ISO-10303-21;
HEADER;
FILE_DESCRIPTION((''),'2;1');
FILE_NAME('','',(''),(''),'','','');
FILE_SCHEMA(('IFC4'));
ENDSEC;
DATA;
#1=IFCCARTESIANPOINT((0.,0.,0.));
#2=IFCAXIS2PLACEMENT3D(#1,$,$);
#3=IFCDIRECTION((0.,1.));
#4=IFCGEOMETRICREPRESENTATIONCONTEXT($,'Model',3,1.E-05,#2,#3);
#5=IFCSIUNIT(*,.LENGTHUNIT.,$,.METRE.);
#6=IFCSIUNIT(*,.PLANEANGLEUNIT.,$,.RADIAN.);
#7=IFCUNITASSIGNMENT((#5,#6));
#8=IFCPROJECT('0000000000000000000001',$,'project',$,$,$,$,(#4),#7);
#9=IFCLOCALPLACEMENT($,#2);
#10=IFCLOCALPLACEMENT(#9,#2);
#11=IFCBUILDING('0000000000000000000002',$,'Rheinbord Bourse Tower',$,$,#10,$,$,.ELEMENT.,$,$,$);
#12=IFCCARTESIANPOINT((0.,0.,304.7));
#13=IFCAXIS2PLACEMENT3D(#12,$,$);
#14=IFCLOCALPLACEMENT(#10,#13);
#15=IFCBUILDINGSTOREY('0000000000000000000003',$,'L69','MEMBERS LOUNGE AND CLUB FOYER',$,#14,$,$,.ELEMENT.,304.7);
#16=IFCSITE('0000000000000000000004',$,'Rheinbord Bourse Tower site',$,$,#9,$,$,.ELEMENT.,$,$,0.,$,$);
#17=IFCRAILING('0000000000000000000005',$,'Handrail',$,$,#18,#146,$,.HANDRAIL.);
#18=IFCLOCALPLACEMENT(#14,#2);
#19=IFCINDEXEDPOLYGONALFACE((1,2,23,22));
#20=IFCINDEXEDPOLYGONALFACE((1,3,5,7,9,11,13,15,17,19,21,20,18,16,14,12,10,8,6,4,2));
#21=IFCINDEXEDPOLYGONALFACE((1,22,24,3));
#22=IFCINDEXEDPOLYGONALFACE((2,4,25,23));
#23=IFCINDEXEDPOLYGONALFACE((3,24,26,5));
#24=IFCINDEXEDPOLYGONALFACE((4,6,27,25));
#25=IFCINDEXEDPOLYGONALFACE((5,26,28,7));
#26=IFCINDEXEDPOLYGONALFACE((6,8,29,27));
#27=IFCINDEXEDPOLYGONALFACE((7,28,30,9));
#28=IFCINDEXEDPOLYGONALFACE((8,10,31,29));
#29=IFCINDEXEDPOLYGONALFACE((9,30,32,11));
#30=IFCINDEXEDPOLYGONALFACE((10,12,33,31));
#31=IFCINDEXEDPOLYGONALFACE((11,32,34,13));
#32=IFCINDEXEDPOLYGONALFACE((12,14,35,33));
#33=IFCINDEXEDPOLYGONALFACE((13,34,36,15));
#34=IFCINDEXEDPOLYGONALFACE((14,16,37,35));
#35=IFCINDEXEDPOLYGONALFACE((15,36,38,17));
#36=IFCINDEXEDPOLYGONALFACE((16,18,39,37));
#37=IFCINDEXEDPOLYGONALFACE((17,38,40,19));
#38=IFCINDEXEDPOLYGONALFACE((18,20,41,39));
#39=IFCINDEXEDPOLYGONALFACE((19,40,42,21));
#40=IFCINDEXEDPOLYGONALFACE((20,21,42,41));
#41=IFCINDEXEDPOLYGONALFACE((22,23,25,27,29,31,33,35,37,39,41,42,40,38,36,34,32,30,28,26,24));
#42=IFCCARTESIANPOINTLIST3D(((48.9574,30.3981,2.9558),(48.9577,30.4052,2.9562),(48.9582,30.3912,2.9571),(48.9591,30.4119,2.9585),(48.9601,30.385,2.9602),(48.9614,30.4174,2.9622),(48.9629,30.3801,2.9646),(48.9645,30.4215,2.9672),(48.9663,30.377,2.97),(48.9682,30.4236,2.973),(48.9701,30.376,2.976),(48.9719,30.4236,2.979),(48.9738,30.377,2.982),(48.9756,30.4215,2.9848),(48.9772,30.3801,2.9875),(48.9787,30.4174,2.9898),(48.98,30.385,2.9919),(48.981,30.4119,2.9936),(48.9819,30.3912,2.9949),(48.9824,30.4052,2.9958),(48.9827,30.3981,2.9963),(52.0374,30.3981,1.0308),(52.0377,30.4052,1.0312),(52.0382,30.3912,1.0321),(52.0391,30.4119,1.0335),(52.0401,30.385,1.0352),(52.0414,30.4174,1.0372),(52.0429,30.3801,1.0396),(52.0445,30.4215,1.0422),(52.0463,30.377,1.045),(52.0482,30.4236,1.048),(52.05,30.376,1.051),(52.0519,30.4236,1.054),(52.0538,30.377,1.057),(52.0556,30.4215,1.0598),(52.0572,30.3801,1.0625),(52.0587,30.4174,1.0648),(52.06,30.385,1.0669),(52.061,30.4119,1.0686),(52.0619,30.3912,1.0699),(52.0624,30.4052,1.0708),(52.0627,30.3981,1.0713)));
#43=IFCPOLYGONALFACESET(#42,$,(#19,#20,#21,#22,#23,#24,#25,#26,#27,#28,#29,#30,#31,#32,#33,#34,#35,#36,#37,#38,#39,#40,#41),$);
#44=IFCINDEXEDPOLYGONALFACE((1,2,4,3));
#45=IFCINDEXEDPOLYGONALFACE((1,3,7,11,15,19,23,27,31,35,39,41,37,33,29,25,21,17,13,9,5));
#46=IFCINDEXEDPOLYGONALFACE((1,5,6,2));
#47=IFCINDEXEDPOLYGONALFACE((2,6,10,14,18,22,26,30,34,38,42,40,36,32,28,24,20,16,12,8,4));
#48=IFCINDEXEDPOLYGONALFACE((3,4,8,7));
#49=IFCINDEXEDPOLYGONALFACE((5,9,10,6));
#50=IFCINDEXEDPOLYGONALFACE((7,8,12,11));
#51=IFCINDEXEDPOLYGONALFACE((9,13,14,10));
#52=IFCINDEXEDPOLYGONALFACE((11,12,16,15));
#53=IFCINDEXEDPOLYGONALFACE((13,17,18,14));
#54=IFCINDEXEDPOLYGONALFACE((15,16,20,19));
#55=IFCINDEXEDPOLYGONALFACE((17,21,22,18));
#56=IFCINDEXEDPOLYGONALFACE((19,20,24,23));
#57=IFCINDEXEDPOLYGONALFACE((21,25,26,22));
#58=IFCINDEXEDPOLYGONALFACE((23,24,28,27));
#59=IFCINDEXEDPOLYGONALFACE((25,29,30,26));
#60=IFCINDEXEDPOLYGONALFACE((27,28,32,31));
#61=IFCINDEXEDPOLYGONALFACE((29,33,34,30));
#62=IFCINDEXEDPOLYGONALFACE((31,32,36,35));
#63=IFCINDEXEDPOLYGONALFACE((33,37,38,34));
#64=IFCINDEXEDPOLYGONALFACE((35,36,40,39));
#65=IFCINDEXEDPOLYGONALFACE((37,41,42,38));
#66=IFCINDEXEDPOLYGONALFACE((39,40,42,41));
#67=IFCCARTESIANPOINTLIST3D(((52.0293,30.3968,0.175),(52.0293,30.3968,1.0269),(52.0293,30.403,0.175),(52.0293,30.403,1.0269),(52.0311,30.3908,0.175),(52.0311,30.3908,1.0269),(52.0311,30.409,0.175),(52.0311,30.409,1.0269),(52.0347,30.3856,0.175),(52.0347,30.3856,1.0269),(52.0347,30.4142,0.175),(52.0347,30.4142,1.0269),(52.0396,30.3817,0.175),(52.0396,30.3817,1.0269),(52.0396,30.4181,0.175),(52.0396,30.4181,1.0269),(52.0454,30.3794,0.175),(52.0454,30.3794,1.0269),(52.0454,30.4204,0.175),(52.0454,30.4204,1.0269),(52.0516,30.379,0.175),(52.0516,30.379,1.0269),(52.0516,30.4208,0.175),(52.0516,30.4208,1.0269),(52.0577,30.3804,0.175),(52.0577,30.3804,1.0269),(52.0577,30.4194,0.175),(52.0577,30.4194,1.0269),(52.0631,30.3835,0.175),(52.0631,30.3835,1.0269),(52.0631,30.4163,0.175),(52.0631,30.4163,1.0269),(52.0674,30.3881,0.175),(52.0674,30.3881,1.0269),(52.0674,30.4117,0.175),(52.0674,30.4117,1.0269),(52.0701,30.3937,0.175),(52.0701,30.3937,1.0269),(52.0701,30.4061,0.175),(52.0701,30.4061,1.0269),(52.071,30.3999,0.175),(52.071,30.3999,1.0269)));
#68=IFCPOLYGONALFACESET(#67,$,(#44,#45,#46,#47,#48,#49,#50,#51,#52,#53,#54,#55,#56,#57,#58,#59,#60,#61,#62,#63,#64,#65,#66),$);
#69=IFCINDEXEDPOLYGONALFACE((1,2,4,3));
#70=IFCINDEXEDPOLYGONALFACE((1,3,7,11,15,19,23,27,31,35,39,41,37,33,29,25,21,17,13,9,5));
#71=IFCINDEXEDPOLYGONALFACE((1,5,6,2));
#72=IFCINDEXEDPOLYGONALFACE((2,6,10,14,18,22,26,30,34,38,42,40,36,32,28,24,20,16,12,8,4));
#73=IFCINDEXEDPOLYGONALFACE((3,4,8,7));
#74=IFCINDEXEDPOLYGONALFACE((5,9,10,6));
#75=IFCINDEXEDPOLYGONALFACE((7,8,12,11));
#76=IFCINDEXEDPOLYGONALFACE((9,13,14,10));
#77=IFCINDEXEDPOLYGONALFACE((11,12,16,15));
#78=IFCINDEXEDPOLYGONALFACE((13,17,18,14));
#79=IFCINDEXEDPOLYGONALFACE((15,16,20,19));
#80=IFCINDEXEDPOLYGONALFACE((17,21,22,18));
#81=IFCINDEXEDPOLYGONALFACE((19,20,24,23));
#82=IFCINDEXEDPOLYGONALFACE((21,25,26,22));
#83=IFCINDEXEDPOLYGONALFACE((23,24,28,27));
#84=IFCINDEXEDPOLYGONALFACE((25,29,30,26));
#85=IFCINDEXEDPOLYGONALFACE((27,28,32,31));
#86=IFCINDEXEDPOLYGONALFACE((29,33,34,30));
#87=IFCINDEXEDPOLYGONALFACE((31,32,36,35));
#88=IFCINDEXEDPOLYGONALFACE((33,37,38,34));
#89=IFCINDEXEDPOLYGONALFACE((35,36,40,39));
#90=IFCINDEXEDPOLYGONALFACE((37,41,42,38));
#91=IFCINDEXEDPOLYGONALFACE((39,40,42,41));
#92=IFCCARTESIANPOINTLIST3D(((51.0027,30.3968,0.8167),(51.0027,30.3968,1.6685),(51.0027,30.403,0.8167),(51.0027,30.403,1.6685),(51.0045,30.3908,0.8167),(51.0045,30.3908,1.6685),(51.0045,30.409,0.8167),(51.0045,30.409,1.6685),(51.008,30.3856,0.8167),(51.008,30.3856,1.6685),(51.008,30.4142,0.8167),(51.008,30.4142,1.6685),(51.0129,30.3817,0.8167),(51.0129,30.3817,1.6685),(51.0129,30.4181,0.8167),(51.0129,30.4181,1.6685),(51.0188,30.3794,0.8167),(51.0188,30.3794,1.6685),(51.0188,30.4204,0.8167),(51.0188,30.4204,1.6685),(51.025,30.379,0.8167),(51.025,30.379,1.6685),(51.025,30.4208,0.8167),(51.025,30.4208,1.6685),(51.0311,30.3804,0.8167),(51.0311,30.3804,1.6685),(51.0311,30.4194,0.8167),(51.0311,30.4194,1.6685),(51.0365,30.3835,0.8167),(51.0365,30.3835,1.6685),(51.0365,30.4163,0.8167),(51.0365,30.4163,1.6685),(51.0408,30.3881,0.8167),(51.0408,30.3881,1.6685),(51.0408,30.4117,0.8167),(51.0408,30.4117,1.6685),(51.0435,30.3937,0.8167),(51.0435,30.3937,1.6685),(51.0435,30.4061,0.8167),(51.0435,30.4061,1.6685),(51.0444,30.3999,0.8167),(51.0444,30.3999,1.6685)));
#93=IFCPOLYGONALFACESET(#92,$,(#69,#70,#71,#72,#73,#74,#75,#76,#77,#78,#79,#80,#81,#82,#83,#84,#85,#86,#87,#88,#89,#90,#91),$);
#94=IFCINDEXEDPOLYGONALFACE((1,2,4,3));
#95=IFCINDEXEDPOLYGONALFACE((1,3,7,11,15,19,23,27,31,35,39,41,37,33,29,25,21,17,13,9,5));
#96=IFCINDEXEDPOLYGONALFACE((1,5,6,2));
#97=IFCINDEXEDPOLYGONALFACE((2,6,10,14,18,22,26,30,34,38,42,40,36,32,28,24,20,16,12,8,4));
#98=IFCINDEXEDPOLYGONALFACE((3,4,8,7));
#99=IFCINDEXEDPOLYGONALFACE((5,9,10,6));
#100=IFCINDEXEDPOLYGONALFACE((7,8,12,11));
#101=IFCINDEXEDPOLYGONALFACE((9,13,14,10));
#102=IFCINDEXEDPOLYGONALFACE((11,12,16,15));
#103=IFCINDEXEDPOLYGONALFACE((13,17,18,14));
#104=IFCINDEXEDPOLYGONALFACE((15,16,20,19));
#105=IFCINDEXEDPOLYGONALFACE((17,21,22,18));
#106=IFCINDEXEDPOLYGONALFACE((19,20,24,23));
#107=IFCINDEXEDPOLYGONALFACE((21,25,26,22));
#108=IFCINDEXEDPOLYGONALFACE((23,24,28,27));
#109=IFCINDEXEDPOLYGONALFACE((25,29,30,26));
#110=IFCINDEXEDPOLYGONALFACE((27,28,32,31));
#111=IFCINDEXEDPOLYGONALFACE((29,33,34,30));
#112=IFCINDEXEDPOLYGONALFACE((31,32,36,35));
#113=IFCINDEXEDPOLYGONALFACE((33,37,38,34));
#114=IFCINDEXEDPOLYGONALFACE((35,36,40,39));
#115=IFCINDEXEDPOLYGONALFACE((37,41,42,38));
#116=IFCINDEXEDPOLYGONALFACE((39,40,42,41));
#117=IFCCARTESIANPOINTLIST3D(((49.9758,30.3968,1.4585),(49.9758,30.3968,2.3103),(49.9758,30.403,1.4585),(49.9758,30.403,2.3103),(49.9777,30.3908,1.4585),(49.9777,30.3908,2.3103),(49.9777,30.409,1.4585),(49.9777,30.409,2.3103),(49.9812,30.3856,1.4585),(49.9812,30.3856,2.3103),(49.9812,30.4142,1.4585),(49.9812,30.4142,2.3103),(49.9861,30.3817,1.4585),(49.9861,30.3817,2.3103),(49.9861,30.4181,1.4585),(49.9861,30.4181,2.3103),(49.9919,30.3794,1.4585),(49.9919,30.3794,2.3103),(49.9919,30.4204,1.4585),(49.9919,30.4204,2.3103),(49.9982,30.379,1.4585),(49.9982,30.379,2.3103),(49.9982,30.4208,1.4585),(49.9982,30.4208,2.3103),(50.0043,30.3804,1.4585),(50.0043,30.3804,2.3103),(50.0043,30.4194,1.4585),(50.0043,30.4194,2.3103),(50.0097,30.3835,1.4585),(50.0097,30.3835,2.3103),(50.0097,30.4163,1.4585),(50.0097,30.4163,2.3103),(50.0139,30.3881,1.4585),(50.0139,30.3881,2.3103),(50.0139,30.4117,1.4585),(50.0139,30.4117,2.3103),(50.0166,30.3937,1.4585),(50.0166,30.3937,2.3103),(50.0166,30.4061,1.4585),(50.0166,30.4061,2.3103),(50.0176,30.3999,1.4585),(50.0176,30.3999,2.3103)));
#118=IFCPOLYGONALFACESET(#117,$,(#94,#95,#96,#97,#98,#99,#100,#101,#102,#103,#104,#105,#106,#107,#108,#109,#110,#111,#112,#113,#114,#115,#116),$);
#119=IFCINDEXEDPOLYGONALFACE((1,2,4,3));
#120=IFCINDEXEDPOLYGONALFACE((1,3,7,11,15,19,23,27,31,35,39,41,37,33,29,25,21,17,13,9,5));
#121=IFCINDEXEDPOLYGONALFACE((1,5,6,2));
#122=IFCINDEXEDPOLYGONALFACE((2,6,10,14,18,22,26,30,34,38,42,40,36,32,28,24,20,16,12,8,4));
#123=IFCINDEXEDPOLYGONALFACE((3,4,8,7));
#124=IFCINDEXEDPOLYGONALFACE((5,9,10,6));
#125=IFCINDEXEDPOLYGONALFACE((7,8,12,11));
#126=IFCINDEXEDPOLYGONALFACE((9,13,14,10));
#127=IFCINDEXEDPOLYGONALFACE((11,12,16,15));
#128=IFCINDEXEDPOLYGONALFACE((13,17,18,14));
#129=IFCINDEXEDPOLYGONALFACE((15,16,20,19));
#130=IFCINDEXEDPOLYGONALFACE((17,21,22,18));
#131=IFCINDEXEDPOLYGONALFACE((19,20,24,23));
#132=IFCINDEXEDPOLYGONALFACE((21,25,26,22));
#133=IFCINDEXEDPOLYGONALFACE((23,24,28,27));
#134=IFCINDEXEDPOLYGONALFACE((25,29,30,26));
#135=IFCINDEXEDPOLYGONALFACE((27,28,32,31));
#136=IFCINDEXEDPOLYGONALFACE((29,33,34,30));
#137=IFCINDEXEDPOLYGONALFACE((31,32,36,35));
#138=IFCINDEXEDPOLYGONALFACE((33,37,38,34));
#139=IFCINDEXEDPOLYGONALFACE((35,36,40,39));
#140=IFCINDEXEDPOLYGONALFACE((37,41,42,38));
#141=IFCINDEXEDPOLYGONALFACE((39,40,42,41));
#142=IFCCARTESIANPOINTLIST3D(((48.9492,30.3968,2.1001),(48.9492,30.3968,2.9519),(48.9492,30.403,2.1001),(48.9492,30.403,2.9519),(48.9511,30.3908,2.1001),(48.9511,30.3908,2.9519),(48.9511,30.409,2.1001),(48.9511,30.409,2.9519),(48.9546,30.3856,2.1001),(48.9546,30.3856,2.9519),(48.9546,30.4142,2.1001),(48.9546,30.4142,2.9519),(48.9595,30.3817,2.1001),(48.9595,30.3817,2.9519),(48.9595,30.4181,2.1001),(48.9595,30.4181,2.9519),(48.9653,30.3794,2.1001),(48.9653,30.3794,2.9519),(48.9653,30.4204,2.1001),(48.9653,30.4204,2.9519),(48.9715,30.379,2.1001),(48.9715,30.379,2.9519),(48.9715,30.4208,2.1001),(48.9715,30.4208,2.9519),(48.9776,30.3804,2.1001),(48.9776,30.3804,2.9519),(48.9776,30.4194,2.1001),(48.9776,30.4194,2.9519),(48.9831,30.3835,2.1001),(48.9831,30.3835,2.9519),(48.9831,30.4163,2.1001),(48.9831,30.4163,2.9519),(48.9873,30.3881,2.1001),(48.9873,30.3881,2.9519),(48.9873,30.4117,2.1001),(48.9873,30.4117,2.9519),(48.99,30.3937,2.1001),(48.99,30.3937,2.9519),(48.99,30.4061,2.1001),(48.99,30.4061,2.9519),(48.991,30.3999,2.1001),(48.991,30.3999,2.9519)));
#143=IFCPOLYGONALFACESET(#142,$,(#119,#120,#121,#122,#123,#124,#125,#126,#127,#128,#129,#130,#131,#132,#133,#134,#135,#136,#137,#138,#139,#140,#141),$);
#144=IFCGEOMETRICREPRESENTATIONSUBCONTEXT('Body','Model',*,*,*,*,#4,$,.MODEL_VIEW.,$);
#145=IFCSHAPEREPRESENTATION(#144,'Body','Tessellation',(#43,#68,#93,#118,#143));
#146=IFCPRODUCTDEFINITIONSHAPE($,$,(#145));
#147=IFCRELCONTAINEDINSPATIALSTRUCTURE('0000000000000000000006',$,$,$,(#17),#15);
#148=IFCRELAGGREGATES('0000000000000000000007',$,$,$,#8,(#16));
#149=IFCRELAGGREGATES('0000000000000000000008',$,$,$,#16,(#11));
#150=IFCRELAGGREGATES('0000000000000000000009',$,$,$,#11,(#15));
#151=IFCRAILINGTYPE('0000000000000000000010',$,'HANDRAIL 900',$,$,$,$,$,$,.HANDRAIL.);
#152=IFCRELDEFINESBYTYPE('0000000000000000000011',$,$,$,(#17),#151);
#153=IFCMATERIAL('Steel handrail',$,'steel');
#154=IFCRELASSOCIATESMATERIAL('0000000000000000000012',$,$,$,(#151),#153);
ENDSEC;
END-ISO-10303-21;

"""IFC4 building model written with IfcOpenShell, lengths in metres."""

from ifc_helpers import new_model, si_unit, direction, frame, origin, origin_2d, place, context, subcontext, project, spatial, circle, extrude, material, type_object, element, save


model = new_model("IFC4")

# Units and contexts
model_context = context("Model", 3, precision=1e-05, world=origin(), true_north=direction((0.0, 1.0)))
body_context = subcontext(model_context, "Body", "Model", "MODEL_VIEW")
ifc_project = project(units=[si_unit("LENGTHUNIT", "METRE"), si_unit("PLANEANGLEUNIT", "RADIAN")], contexts=[model_context])

# Site, building, storey
site_placement = place(None, origin())
site = spatial("IfcSite", under=ifc_project, at=site_placement, Name="Rheinbord Bourse Tower site", CompositionType="ELEMENT", RefElevation=0.0)
building_placement = place(site_placement, origin())
building = spatial("IfcBuilding", under=site, at=building_placement, Name="Rheinbord Bourse Tower", CompositionType="ELEMENT")
storey_placement = place(building_placement, frame((0.0, 0.0, 304.7)))
storey = spatial("IfcBuildingStorey", under=building, at=storey_placement, Name="L69", Description="MEMBERS LOUNGE AND CLUB FOYER", CompositionType="ELEMENT", Elevation=304.7)

# Railing
ifc_material_1 = material(Name="Steel handrail", Category="steel")
railing_type = type_object("IfcRailingType", Name="HANDRAIL 900", PredefinedType="HANDRAIL", material=ifc_material_1)
railing_1_placement = place(storey_placement, frame((52.05, 30.3999, 0.175)))
element("IfcRailing", 1, at=railing_1_placement, inside=storey, type_object=railing_type, Name="Handrail", PredefinedType="HANDRAIL", context=body_context, shape_type="SweptSolid", body=[
    extrude(circle(Radius=0.0239, at=origin_2d()), frame((0.0, 0.0, 0.876), z_axis=(-0.847998, 0.0, 0.529999), x_axis=(0.0, -1.0, 0.0)), (0.0, 0.0, 1.0), 3.6321),
    extrude(circle(Radius=0.021, at=origin_2d()), origin(), (0.0, 0.0, 1.0), 0.8518),
    extrude(circle(Radius=0.021, at=origin_2d()), frame((-1.0266, 0.0, 0.6416)), (0.0, 0.0, 1.0), 0.8518),
    extrude(circle(Radius=0.021, at=origin_2d()), frame((-2.0535, 0.0, 1.2834)), (0.0, 0.0, 1.0), 0.8518),
    extrude(circle(Radius=0.021, at=origin_2d()), frame((-3.0801, 0.0, 1.925)), (0.0, 0.0, 1.0), 0.8518),
])

save(model, "model.ifc")
